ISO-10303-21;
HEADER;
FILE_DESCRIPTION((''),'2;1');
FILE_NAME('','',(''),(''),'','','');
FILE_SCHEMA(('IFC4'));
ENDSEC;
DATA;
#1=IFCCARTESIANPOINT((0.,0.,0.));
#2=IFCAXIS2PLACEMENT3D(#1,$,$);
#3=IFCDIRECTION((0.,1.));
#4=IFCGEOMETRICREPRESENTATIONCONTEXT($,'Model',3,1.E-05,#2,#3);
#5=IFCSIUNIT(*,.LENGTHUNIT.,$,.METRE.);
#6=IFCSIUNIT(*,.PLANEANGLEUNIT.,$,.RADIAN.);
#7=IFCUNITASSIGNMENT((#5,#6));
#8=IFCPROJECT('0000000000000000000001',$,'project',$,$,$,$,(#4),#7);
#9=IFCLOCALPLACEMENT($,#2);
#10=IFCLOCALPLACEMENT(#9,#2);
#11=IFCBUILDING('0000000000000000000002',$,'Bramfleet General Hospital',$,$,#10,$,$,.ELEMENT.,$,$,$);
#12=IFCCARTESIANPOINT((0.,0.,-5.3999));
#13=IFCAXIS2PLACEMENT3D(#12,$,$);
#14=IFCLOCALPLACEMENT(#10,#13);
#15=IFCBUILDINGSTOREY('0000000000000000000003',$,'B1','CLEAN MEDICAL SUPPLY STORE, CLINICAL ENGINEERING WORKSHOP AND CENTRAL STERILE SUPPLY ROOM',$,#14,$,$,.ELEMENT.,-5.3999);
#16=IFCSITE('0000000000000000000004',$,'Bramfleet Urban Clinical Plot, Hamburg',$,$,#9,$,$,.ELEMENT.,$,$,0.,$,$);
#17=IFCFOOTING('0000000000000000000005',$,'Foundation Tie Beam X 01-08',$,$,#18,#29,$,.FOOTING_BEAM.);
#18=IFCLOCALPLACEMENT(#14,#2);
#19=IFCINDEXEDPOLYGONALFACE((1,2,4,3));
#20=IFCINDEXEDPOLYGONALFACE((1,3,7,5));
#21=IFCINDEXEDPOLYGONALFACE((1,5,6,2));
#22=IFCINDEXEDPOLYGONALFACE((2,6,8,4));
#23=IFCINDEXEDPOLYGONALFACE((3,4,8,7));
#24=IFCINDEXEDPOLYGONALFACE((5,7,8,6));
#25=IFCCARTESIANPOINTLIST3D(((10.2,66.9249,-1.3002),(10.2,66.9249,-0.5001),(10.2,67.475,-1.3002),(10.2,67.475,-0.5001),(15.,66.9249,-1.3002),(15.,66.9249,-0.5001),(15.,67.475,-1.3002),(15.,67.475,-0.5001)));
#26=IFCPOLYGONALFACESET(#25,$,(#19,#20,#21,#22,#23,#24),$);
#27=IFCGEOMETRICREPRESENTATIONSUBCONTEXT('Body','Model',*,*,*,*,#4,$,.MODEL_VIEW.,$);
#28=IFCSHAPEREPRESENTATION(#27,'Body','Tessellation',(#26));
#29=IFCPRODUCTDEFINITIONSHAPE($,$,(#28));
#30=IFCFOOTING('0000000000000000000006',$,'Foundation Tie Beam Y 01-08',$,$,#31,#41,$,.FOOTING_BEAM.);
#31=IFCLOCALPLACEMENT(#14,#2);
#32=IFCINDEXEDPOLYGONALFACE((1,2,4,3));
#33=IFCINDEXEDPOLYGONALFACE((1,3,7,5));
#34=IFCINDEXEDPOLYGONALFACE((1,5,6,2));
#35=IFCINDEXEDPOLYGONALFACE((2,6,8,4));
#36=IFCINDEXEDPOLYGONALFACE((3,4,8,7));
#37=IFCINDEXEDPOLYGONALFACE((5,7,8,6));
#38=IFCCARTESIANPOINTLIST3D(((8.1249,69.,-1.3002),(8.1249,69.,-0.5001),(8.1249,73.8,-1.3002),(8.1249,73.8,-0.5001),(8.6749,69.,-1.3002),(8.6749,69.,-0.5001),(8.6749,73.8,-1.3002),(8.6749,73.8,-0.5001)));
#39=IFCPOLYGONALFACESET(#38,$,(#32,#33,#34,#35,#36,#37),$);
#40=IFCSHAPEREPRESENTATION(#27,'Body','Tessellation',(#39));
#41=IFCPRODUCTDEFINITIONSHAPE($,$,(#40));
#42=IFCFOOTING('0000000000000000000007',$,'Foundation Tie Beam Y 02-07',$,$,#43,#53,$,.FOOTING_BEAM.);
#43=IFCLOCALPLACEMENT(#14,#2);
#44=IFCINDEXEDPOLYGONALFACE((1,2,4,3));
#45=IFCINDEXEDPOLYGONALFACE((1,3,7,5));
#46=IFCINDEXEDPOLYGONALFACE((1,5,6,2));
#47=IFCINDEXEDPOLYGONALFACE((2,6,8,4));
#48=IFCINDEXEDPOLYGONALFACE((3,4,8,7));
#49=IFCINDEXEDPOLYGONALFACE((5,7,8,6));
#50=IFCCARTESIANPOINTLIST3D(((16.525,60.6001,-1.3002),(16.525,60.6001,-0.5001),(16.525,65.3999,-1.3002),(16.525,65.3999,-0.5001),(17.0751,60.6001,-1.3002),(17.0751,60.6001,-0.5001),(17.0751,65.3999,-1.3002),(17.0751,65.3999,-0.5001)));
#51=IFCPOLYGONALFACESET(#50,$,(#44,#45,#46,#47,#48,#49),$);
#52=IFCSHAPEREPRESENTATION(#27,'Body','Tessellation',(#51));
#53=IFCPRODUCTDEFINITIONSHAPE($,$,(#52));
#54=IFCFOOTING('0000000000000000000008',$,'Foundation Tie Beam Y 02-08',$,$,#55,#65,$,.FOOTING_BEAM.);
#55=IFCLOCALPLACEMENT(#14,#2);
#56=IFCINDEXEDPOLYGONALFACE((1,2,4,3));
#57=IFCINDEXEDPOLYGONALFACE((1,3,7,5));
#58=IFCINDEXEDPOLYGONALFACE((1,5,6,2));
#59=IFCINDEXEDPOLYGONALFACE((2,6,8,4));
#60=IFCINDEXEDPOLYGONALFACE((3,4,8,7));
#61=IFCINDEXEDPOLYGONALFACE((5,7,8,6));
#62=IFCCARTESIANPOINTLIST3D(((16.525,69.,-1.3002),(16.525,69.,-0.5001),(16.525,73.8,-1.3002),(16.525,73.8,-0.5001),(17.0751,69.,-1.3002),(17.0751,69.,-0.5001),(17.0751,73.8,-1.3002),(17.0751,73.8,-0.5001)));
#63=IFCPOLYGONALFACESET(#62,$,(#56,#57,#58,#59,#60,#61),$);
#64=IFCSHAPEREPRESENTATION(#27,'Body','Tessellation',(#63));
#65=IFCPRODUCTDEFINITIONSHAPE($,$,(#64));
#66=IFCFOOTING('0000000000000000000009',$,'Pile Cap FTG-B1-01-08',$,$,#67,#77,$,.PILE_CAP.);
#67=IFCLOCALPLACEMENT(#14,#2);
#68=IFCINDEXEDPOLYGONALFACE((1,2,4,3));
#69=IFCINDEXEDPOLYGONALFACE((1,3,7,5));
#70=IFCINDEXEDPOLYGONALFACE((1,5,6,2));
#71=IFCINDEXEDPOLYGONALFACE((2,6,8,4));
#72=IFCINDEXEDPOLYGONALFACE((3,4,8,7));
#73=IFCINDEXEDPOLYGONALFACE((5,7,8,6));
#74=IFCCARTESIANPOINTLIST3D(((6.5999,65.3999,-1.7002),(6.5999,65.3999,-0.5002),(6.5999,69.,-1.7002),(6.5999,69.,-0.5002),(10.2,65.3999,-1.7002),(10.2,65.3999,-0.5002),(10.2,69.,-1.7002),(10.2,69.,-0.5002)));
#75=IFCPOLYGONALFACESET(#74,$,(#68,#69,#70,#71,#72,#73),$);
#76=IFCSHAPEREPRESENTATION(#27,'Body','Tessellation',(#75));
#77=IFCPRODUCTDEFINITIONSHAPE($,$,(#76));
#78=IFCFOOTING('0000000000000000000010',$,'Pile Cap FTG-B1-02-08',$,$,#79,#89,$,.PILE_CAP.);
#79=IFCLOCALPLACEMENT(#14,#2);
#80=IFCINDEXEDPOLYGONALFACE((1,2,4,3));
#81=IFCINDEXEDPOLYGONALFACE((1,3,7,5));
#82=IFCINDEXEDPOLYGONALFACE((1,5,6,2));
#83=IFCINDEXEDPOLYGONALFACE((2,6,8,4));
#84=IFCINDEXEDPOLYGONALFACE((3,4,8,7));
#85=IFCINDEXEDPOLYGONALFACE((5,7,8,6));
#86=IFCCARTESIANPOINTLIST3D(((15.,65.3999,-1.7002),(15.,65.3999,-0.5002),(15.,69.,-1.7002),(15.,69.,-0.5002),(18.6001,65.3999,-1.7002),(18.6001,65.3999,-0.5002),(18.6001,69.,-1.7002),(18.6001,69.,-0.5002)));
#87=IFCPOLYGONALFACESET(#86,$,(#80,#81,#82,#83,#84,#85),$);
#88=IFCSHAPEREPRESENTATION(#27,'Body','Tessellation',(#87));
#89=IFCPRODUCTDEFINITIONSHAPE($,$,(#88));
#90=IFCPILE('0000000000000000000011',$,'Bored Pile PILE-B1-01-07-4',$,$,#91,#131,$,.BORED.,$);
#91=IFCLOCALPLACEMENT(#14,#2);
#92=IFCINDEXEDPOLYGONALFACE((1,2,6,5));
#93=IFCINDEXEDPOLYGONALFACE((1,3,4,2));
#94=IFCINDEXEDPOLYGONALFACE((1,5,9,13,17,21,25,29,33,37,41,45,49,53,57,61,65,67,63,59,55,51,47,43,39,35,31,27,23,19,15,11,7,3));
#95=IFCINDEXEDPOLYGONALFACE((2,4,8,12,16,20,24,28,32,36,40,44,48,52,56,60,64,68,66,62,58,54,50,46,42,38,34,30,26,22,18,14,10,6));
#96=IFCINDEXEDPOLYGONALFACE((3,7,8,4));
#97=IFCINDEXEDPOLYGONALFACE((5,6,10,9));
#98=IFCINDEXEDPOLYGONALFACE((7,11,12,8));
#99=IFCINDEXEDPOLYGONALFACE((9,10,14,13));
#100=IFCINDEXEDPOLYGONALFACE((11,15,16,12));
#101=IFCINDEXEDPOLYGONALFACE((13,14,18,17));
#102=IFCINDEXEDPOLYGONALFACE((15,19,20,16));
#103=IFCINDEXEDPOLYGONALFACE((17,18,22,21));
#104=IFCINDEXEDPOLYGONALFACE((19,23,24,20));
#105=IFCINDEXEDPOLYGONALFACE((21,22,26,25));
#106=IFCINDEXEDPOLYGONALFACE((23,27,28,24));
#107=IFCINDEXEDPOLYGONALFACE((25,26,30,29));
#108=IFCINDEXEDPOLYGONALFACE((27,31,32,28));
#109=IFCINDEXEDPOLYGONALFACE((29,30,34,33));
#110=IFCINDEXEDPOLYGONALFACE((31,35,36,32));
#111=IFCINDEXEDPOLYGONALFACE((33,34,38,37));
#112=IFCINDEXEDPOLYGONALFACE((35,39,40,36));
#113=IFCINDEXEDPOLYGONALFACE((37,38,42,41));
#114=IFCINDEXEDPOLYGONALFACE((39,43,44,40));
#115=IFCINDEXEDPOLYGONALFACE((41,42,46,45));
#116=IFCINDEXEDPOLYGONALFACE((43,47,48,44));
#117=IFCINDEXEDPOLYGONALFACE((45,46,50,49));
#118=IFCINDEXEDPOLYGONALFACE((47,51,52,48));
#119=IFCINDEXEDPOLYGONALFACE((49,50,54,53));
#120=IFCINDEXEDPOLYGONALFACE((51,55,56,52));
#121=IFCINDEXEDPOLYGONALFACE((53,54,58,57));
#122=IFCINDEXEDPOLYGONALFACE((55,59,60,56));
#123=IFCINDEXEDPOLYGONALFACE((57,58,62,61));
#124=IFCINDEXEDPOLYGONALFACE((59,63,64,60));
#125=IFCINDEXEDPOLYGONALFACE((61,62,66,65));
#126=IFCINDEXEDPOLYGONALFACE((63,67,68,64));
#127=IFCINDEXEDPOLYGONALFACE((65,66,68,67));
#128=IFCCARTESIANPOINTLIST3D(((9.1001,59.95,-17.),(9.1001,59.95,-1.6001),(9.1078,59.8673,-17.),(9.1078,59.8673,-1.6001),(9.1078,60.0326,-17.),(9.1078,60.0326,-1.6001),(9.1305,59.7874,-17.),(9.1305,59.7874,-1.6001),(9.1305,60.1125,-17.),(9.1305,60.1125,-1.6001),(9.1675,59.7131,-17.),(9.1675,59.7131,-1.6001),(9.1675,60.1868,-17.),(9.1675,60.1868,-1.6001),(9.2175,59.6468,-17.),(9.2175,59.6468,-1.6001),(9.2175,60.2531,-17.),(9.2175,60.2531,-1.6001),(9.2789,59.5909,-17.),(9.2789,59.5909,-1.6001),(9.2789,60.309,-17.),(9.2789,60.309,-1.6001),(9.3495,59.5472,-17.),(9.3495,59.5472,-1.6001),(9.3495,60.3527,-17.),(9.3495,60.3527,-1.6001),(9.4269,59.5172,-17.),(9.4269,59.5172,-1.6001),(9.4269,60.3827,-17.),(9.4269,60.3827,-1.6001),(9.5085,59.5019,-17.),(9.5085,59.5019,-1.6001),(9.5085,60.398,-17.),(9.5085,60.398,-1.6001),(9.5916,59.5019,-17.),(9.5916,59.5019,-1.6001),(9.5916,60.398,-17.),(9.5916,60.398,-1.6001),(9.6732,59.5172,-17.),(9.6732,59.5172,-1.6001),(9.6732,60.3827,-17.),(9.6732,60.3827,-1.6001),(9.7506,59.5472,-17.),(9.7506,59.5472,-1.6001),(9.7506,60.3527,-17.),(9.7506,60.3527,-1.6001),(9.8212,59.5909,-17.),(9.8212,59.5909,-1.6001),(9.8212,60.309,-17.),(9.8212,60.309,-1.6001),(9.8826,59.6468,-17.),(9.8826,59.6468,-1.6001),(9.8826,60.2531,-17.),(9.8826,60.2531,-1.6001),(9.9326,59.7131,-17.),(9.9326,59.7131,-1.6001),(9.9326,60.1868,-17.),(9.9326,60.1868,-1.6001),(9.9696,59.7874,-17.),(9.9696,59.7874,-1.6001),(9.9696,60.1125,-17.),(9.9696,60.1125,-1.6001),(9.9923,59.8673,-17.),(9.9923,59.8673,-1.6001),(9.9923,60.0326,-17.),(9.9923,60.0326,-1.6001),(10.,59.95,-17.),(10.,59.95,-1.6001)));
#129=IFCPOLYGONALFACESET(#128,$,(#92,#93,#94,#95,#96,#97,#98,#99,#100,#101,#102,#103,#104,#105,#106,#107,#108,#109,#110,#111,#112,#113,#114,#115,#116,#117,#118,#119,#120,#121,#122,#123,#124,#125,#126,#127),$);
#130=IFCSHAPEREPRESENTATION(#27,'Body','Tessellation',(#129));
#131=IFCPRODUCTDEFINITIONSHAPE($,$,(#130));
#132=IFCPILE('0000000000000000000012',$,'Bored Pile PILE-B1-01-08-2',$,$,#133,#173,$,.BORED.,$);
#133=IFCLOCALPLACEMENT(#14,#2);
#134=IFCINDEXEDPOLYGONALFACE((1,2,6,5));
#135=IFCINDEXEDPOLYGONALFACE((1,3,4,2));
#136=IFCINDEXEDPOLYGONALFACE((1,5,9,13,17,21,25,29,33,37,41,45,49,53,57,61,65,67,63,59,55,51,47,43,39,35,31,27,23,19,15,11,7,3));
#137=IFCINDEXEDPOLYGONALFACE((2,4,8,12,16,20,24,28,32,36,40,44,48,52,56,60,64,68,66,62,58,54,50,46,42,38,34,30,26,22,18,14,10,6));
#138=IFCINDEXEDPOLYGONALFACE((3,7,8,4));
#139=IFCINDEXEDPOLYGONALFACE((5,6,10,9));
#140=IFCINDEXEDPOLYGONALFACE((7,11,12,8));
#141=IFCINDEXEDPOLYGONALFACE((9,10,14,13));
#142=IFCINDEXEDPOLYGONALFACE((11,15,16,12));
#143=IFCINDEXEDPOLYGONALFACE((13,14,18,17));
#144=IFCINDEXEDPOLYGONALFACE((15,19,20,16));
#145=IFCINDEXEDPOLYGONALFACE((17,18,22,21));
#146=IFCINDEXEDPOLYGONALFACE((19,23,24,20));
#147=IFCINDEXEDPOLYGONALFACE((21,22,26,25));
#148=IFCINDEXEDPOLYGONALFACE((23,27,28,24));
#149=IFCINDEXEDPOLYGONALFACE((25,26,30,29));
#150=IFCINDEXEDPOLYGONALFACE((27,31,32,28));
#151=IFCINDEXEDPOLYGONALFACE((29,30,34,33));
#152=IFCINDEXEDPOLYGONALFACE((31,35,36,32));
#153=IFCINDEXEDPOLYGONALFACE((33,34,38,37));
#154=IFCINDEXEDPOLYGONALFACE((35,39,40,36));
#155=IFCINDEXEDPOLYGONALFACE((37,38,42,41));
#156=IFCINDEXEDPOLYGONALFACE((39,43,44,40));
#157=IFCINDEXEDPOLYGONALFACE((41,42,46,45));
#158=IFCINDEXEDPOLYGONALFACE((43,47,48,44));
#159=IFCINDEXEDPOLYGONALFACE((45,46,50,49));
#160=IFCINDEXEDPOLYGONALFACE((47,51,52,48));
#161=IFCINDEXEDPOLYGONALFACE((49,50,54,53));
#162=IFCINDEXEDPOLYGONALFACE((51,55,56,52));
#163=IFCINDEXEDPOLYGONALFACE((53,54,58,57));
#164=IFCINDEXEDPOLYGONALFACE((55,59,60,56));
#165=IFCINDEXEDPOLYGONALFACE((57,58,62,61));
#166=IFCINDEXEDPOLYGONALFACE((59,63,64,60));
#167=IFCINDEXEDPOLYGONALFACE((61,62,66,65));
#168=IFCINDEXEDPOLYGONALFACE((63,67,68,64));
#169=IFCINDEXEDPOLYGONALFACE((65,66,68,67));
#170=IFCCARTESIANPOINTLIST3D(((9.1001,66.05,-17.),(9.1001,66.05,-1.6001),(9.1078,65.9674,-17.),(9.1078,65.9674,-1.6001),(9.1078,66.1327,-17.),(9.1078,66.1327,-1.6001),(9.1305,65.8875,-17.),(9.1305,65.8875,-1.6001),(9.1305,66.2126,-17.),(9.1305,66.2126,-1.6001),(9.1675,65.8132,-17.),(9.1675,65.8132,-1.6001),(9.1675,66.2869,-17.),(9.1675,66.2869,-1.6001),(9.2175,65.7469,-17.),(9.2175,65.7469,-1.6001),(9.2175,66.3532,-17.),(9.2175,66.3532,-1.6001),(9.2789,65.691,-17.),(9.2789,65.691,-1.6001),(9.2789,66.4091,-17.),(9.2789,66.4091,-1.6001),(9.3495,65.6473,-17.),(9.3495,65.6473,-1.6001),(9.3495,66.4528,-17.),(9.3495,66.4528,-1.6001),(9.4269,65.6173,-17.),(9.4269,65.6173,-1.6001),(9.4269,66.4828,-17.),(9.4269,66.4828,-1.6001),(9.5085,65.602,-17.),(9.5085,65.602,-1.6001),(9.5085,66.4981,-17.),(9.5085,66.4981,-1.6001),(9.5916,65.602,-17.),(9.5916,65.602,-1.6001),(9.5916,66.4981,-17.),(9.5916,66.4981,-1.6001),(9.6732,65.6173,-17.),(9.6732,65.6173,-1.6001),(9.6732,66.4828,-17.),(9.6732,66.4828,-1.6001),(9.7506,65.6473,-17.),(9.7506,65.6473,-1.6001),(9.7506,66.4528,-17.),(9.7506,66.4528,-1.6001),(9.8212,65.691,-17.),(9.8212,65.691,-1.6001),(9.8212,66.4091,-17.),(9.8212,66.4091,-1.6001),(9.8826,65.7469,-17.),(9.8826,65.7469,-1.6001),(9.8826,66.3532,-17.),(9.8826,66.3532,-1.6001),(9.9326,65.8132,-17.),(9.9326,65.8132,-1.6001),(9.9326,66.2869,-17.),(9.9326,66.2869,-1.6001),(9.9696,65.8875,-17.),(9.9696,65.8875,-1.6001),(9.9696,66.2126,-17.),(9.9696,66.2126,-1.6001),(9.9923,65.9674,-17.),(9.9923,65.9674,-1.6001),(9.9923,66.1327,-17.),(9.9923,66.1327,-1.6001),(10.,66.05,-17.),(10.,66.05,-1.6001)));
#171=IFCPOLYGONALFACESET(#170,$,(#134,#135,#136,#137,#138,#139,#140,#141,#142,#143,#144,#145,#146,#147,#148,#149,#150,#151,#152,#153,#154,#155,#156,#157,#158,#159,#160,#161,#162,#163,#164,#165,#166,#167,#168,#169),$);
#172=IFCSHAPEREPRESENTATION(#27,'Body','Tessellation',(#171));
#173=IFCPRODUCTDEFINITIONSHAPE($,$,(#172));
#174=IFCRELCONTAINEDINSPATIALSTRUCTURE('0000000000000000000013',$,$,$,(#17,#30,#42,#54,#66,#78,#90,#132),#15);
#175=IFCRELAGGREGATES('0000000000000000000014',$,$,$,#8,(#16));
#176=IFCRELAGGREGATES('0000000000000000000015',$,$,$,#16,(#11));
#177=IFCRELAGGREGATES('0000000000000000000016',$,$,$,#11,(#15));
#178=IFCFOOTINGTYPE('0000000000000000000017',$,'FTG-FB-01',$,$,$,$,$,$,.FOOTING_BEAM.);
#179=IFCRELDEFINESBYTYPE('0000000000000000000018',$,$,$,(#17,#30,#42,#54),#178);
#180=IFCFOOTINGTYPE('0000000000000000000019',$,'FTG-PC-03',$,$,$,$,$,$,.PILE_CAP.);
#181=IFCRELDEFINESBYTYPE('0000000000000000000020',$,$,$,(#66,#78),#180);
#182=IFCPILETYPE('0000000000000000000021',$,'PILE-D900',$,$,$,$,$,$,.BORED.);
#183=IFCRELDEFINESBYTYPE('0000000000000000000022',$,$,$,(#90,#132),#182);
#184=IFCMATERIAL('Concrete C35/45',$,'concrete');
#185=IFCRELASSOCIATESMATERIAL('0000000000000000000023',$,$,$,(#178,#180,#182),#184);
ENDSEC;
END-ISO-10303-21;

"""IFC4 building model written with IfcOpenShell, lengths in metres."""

from ifc_helpers import new_model, si_unit, direction, frame, origin, origin_2d, place, context, subcontext, project, spatial, rectangle, circle, extrude, material, material_profile, profile_set, type_object, element, save


model = new_model("IFC4")

# Units and contexts
model_context = context("Model", 3, precision=1e-05, world=origin(), true_north=direction((0.0, 1.0)))
body_context = subcontext(model_context, "Body", "Model", "MODEL_VIEW")
ifc_project = project(units=[si_unit("LENGTHUNIT", "METRE"), si_unit("PLANEANGLEUNIT", "RADIAN")], contexts=[model_context])

# Site, building, storey
site_placement = place(None, origin())
site = spatial("IfcSite", under=ifc_project, at=site_placement, Name="Bramfleet Urban Clinical Plot, Hamburg", CompositionType="ELEMENT", RefElevation=0.0)
building_placement = place(site_placement, origin())
building = spatial("IfcBuilding", under=site, at=building_placement, Name="Bramfleet General Hospital", CompositionType="ELEMENT")
storey_placement = place(building_placement, frame((0.0, 0.0, -5.3999)))
storey = spatial("IfcBuildingStorey", under=building, at=storey_placement, Name="B1", Description="CLEAN MEDICAL SUPPLY STORE, CLINICAL ENGINEERING WORKSHOP AND CENTRAL STERILE SUPPLY ROOM", CompositionType="ELEMENT", Elevation=-5.3999)

# Footings
ifc_material_1 = material(Name="Concrete C35/45", Category="concrete")
ifc_material_profile_1 = material_profile(ifc_material_1, rectangle(XDim=0.55, YDim=0.8, at=origin_2d()), Name="RC FB 800x550")
ifc_profile_set_1 = profile_set([ifc_material_profile_1], Name="Concrete C35/45")
footing_type_1 = type_object("IfcFootingType", Name="FTG-FB-01", PredefinedType="FOOTING_BEAM", material=ifc_profile_set_1)
for number, where, z_axis, x_axis, name in (
    (1, (10.2, 67.2, -0.9001), (1.0, 0.0, 0.0), (0.0, 1.0, 0.0), "Foundation Tie Beam X 01-08"),
    (2, (8.3999, 69.0, -0.9001), (0.0, 1.0, 0.0), (-1.0, 0.0, 0.0), "Foundation Tie Beam Y 01-08"),
):
    element("IfcFooting", number, at=place(storey_placement, frame(where, z_axis=z_axis, x_axis=x_axis)), inside=storey, type_object=footing_type_1, Name=name, PredefinedType="FOOTING_BEAM", context=body_context, shape_type="SweptSolid", body=[
        extrude(rectangle(XDim=0.55, YDim=0.8, at=origin_2d()), origin(), (0.0, 0.0, 1.0), 4.8),
    ])
footing_1_placement = place(storey_placement, frame((16.8, 60.6001, -0.9001), z_axis=(0.0, 1.0, 0.0), x_axis=(-1.0, 0.0, 0.0)))
element("IfcFooting", 3, at=footing_1_placement, inside=storey, type_object=footing_type_1, Name="Foundation Tie Beam Y 02-07", PredefinedType="FOOTING_BEAM", context=body_context, shape_type="SweptSolid", body=[
    extrude(rectangle(XDim=0.55, YDim=0.8, at=origin_2d()), origin(), (0.0, 0.0, 1.0), 4.7998),
])
footing_2_placement = place(storey_placement, frame((16.8, 69.0, -0.9001), z_axis=(0.0, 1.0, 0.0), x_axis=(-1.0, 0.0, 0.0)))
element("IfcFooting", 4, at=footing_2_placement, inside=storey, type_object=footing_type_1, Name="Foundation Tie Beam Y 02-08", PredefinedType="FOOTING_BEAM", context=body_context, shape_type="SweptSolid", body=[
    extrude(rectangle(XDim=0.55, YDim=0.8, at=origin_2d()), origin(), (0.0, 0.0, 1.0), 4.8),
])
footing_type_2 = type_object("IfcFootingType", Name="FTG-PC-03", PredefinedType="PILE_CAP", material=ifc_material_1)
for number, where, z_axis, x_axis, name in (
    (5, (8.3999, 67.2, -1.7002), (0.0, 0.0, 1.0), (1.0, 0.0, 0.0), "Pile Cap FTG-B1-01-08"),
    (6, (16.8, 67.2, -1.7002), (0.0, 0.0, 1.0), (1.0, 0.0, 0.0), "Pile Cap FTG-B1-02-08"),
):
    element("IfcFooting", number, at=place(storey_placement, frame(where, z_axis=z_axis, x_axis=x_axis)), inside=storey, type_object=footing_type_2, Name=name, PredefinedType="PILE_CAP", context=body_context, shape_type="SweptSolid", body=[
        extrude(rectangle(XDim=3.6001, YDim=3.6001, at=origin_2d()), origin(), (0.0, 0.0, 1.0), 1.2),
    ])

# Piles
ifc_material_profile_2 = material_profile(ifc_material_1, circle(Radius=0.45, at=origin_2d()), Name="PILE BORED D900")
ifc_profile_set_2 = profile_set([ifc_material_profile_2], Name="Concrete C35/45")
pile_type = type_object("IfcPileType", Name="PILE-D900", PredefinedType="BORED", material=ifc_profile_set_2)
for number, where, z_axis, x_axis, name in (
    (7, (9.55, 59.95, -1.6001), (0.0, 0.0, -1.0), (1.0, 0.0, 0.0), "Bored Pile PILE-B1-01-07-4"),
    (8, (9.55, 66.05, -1.6001), (0.0, 0.0, -1.0), (1.0, 0.0, 0.0), "Bored Pile PILE-B1-01-08-2"),
):
    element("IfcPile", number, at=place(storey_placement, frame(where, z_axis=z_axis, x_axis=x_axis)), inside=storey, type_object=pile_type, Name=name, PredefinedType="BORED", context=body_context, shape_type="SweptSolid", body=[
        extrude(circle(Radius=0.45, at=origin_2d()), origin(), (0.0, 0.0, 1.0), 15.3999),
    ])

save(model, "model.ifc")
